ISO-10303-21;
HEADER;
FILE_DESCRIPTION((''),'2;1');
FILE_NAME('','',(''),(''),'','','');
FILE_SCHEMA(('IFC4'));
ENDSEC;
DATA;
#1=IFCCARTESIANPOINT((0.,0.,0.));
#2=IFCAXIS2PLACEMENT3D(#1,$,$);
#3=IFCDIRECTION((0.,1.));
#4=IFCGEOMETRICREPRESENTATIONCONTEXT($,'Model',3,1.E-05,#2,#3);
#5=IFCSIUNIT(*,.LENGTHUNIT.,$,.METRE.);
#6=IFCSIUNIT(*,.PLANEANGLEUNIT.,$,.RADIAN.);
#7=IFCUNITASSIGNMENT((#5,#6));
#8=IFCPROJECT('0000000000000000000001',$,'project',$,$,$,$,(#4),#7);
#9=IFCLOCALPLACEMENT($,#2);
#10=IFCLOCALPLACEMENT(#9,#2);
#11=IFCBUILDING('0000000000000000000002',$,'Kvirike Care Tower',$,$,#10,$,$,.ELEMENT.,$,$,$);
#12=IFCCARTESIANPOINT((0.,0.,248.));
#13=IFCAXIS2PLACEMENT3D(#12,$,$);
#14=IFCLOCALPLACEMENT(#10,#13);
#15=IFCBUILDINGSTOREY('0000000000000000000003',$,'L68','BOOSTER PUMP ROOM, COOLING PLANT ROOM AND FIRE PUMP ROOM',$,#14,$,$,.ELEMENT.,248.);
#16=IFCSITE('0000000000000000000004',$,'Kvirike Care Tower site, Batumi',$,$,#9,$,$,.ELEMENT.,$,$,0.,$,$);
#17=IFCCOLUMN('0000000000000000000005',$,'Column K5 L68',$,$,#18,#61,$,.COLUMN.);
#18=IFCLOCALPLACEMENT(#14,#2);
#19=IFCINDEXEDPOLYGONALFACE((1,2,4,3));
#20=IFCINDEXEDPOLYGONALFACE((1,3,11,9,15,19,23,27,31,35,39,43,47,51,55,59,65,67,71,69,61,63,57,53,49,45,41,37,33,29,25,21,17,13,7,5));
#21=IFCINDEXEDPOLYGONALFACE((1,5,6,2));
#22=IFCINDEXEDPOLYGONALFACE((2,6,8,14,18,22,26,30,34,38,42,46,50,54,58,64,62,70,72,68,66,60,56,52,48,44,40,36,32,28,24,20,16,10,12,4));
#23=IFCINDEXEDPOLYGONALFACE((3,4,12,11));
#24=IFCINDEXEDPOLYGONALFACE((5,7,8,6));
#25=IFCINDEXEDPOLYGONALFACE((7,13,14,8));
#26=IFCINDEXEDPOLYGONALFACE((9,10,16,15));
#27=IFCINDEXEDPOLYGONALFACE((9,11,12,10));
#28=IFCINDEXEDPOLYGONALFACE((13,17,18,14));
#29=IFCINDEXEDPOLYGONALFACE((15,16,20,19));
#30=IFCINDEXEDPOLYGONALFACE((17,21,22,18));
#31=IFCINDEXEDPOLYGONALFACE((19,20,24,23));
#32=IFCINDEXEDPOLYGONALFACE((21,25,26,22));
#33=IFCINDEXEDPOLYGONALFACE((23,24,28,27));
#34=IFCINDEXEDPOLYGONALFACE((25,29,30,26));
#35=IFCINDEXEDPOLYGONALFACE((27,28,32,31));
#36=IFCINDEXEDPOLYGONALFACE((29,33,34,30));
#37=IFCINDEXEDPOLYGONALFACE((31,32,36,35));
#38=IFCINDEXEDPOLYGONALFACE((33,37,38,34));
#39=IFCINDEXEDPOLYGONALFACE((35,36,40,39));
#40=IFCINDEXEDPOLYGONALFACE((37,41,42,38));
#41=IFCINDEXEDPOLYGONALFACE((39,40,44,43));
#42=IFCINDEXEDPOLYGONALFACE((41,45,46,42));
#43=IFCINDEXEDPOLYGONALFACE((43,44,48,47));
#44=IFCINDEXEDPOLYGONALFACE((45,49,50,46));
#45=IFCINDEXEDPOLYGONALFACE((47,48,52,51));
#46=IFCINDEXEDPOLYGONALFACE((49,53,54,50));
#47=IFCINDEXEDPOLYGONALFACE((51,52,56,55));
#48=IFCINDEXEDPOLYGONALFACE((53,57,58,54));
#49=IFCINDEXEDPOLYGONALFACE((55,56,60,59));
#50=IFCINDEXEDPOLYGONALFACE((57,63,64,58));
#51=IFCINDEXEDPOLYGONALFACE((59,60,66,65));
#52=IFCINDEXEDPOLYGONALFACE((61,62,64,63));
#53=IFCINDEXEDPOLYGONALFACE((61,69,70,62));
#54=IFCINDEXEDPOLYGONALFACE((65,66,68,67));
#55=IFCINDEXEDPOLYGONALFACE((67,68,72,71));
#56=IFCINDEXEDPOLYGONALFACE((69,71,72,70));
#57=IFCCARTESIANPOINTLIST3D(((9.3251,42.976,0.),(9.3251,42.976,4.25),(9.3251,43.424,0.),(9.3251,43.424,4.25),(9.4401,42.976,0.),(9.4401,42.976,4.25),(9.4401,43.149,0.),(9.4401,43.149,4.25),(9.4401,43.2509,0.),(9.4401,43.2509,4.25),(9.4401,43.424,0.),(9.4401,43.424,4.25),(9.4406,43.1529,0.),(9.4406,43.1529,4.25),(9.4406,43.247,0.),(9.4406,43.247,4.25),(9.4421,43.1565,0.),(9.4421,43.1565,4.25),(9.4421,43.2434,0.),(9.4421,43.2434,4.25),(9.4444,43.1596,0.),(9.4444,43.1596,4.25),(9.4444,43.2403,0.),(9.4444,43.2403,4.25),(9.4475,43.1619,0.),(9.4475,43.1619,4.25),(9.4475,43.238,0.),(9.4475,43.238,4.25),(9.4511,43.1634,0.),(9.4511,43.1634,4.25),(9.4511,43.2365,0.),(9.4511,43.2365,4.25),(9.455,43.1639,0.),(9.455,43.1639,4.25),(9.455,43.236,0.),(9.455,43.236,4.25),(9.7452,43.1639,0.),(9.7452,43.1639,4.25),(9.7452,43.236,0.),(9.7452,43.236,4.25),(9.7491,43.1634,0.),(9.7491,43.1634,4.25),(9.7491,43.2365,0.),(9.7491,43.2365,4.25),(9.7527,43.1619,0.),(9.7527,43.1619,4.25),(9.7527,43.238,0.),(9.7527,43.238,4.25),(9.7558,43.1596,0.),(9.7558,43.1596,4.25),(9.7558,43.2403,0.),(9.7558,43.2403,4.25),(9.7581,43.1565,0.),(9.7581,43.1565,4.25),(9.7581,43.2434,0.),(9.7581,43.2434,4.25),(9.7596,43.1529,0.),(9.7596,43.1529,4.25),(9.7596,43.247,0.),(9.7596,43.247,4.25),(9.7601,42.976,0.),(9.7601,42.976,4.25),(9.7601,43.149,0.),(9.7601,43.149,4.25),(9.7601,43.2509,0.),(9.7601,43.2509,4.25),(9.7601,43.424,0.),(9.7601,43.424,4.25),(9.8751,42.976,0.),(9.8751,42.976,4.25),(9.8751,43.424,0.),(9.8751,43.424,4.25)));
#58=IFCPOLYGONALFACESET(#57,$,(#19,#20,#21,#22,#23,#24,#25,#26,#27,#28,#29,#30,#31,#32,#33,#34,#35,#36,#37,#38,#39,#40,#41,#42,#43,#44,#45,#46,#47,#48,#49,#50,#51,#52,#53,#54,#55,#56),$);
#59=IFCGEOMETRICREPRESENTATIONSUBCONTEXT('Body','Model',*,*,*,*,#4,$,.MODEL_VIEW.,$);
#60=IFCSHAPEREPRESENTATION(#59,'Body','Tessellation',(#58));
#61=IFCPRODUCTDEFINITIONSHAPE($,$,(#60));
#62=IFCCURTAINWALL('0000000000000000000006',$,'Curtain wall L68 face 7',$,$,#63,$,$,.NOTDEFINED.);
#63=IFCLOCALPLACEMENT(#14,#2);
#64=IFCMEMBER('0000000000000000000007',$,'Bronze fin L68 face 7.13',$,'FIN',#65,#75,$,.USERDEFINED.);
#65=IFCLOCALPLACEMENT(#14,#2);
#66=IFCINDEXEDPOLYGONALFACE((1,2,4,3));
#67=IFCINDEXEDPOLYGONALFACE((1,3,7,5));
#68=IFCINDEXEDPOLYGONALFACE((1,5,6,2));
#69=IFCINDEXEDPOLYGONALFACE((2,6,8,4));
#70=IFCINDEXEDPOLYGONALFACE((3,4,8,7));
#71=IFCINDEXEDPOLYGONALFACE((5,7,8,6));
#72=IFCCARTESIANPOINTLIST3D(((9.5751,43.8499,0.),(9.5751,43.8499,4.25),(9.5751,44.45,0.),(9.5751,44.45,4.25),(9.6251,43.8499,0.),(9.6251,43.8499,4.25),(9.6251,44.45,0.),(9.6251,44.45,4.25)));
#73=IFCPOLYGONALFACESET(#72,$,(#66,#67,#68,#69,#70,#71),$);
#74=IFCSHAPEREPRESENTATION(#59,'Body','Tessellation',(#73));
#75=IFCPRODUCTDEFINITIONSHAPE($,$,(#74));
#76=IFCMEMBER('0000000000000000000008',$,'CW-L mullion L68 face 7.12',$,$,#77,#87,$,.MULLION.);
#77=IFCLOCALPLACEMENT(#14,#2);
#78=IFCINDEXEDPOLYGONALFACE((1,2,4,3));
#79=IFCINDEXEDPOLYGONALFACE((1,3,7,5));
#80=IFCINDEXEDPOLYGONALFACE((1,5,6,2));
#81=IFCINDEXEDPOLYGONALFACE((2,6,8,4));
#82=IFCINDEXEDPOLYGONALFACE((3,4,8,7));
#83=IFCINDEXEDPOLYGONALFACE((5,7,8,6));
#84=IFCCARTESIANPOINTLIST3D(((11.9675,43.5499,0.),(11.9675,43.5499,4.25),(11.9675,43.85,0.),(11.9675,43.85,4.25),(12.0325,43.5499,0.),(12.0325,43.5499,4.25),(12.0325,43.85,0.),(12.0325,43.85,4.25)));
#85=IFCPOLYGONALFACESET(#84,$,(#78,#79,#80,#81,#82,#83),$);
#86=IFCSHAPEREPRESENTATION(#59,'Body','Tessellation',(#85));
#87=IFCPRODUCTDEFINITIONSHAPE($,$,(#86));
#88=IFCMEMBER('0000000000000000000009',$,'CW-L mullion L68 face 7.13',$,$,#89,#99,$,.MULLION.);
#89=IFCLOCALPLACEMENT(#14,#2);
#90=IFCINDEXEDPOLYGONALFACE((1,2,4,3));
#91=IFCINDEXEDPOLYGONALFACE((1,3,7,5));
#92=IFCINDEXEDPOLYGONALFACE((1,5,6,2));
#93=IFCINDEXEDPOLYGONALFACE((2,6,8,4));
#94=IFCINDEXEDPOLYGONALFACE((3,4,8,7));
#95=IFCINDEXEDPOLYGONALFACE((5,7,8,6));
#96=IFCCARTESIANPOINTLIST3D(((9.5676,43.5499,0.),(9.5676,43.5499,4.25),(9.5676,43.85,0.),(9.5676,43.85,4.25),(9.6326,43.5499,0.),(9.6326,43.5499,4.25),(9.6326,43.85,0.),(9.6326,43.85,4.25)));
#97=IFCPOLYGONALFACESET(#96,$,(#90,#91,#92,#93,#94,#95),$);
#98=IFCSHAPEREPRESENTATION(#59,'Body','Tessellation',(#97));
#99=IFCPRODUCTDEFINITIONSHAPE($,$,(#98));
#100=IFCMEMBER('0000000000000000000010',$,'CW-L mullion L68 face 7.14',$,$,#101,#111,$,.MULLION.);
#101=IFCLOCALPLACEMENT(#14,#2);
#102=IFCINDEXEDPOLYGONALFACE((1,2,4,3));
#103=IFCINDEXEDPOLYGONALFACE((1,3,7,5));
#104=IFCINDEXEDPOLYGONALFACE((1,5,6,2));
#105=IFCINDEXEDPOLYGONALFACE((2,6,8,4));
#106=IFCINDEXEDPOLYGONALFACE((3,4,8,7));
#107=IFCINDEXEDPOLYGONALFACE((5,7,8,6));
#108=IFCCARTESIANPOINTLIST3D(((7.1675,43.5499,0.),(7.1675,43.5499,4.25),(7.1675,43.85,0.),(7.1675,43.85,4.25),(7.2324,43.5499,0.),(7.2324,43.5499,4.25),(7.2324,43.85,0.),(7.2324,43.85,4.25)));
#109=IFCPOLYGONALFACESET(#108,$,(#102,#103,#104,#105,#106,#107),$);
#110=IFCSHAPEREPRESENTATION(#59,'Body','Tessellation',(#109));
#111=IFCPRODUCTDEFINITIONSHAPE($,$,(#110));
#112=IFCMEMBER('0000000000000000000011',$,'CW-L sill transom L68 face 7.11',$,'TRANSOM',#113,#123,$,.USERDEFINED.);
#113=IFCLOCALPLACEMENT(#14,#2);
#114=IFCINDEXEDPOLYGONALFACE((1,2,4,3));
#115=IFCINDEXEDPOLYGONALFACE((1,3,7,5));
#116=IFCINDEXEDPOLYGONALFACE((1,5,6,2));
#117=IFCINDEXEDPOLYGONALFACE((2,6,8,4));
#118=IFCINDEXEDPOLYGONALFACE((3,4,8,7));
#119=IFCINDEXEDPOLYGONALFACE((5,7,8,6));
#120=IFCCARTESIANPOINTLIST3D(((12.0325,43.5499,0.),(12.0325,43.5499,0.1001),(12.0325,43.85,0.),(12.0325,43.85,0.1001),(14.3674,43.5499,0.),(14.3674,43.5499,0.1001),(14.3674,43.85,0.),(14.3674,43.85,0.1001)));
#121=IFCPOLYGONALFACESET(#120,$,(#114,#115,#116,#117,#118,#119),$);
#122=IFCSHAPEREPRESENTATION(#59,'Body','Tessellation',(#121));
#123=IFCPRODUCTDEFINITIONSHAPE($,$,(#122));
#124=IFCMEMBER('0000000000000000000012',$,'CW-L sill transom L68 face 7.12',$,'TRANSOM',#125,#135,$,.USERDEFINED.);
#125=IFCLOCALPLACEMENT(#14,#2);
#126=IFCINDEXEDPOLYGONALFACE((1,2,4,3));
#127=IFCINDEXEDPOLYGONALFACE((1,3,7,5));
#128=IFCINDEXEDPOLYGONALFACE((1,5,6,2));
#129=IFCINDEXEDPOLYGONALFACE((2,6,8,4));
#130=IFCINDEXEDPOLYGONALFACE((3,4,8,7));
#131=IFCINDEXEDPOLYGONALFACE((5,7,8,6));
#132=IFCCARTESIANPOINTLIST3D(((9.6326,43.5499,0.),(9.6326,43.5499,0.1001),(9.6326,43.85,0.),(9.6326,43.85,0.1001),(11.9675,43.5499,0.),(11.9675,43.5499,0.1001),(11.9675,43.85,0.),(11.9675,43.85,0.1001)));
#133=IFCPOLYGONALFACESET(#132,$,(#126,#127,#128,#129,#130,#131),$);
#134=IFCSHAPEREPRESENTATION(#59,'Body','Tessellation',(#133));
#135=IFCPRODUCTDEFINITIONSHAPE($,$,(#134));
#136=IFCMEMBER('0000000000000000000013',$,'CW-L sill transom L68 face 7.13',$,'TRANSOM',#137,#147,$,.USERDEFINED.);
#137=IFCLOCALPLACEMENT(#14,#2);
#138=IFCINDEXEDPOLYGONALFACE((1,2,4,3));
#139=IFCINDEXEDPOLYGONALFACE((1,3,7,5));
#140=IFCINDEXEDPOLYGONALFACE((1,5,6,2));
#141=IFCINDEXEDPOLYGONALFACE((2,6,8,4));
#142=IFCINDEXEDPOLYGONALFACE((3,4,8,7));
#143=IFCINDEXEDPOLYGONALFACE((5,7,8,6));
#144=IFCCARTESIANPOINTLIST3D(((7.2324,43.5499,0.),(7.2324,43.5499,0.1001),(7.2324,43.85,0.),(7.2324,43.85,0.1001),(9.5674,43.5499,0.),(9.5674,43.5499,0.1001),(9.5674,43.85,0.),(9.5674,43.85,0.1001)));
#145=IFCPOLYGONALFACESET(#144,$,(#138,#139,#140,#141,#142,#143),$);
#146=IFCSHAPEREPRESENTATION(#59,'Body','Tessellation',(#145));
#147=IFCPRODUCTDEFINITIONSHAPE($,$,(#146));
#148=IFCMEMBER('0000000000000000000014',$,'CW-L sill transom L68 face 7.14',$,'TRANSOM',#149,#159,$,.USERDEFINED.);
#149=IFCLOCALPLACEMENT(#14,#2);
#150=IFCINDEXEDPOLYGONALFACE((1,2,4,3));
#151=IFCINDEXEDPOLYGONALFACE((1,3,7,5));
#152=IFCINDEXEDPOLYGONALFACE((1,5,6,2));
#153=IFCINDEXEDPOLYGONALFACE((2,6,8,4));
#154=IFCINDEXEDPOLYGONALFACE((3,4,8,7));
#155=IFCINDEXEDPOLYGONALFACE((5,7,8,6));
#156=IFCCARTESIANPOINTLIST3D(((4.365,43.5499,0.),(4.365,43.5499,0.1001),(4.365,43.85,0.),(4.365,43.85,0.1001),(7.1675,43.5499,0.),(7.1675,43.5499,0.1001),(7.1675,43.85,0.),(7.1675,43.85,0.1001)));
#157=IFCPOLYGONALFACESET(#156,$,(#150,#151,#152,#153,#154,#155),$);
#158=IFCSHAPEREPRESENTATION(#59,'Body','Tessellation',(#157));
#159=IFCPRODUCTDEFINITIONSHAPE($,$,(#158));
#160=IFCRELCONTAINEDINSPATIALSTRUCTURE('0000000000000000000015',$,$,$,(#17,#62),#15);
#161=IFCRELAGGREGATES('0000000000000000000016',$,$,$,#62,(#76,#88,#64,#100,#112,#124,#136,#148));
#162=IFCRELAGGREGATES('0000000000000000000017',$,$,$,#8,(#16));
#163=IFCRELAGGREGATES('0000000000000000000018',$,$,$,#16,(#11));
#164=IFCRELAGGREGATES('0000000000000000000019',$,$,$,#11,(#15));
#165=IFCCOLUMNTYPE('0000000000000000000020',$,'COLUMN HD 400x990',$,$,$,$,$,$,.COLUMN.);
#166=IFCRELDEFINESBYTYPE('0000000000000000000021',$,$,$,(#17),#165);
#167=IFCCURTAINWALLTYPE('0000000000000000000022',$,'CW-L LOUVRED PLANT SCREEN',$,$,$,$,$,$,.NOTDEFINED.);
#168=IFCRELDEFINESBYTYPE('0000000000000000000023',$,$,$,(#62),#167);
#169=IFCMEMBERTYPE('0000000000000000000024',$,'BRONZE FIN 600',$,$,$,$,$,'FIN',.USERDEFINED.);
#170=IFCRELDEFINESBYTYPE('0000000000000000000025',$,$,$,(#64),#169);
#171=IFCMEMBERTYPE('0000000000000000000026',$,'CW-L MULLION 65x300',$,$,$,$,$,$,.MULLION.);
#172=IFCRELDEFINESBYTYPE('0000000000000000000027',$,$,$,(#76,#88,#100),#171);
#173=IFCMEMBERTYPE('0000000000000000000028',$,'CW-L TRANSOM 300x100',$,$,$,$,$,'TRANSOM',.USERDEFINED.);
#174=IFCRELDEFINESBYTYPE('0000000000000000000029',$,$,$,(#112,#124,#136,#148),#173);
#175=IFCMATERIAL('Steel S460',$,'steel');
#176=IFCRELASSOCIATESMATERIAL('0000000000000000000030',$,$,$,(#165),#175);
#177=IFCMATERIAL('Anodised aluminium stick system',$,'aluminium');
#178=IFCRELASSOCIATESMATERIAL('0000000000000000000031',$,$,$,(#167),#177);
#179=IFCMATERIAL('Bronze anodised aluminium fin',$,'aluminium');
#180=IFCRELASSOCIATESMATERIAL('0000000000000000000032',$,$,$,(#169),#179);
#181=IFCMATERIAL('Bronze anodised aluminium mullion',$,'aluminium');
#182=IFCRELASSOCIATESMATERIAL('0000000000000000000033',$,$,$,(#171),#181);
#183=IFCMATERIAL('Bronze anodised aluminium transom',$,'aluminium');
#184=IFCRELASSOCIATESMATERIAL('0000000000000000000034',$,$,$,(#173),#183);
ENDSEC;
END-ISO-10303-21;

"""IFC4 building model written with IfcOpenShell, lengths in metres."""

from ifc_helpers import new_model, si_unit, direction, frame, origin, origin_2d, place, context, subcontext, project, spatial, rectangle, i_section, extrude, material, material_profile, profile_set, type_object, element, aggregate, save


model = new_model("IFC4")

# Units and contexts
model_context = context("Model", 3, precision=1e-05, world=origin(), true_north=direction((0.0, 1.0)))
body_context = subcontext(model_context, "Body", "Model", "MODEL_VIEW")
ifc_project = project(units=[si_unit("LENGTHUNIT", "METRE"), si_unit("PLANEANGLEUNIT", "RADIAN")], contexts=[model_context])

# Site, building, storey
site_placement = place(None, origin())
site = spatial("IfcSite", under=ifc_project, at=site_placement, Name="Kvirike Care Tower site, Batumi", CompositionType="ELEMENT", RefElevation=0.0)
building_placement = place(site_placement, origin())
building = spatial("IfcBuilding", under=site, at=building_placement, Name="Kvirike Care Tower", CompositionType="ELEMENT")
storey_placement = place(building_placement, frame((0.0, 0.0, 248.0)))
storey = spatial("IfcBuildingStorey", under=building, at=storey_placement, Name="L68", Description="BOOSTER PUMP ROOM, COOLING PLANT ROOM AND FIRE PUMP ROOM", CompositionType="ELEMENT", Elevation=248.0)

# Column
ifc_material_1 = material(Name="Steel S460", Category="steel")
ifc_material_profile_1 = material_profile(ifc_material_1, i_section(OverallWidth=0.448, OverallDepth=0.55, WebThickness=0.072, FlangeThickness=0.115, FilletRadius=0.0149, at=origin_2d()), Name="HD 400x990")
ifc_profile_set_1 = profile_set([ifc_material_profile_1], Name="Steel S460")
column_type = type_object("IfcColumnType", Name="COLUMN HD 400x990", PredefinedType="COLUMN", material=ifc_profile_set_1)
column_placement = place(storey_placement, frame((9.6001, 43.2, 0.0), z_axis=(0.0, 0.0, 1.0), x_axis=(0.0, 1.0, 0.0)))
element("IfcColumn", 1, at=column_placement, inside=storey, type_object=column_type, Name="Column K5 L68", PredefinedType="COLUMN", context=body_context, shape_type="SweptSolid", body=[
    extrude(i_section(OverallWidth=0.448, OverallDepth=0.55, WebThickness=0.072, FlangeThickness=0.115, FilletRadius=0.0149, at=origin_2d()), origin(), (0.0, 0.0, 1.0), 4.25),
])

# Curtain wall, members
ifc_material_2 = material(Name="Anodised aluminium stick system", Category="aluminium")
curtain_wall_type = type_object("IfcCurtainWallType", Name="CW-L LOUVRED PLANT SCREEN", PredefinedType="NOTDEFINED", material=ifc_material_2)
curtain_wall_placement = place(storey_placement, origin())
curtain_wall = element("IfcCurtainWall", 2, at=curtain_wall_placement, inside=storey, type_object=curtain_wall_type, Name="Curtain wall L68 face 7", PredefinedType="NOTDEFINED")
ifc_material_3 = material(Name="Bronze anodised aluminium fin", Category="aluminium")
ifc_material_profile_2 = material_profile(ifc_material_3, rectangle(XDim=0.05, YDim=0.6001, at=origin_2d()), Name="BRONZE FIN 600")
ifc_profile_set_2 = profile_set([ifc_material_profile_2], Name="Bronze anodised aluminium fin")
member_type_1 = type_object("IfcMemberType", Name="BRONZE FIN 600", ElementType="FIN", PredefinedType="USERDEFINED", material=ifc_profile_set_2)
member_1_placement = place(storey_placement, frame((9.6001, 44.1499, 0.0), z_axis=(0.0, 0.0, 1.0), x_axis=(-1.0, 0.0, 0.0)))
member_1 = element("IfcMember", 3, at=member_1_placement, type_object=member_type_1, Name="Bronze fin L68 face 7.13", ObjectType="FIN", PredefinedType="USERDEFINED", context=body_context, shape_type="SweptSolid", body=[
    extrude(rectangle(XDim=0.05, YDim=0.6001, at=origin_2d()), origin(), (0.0, 0.0, 1.0), 4.25),
])
ifc_material_4 = material(Name="Bronze anodised aluminium mullion", Category="aluminium")
ifc_material_profile_3 = material_profile(ifc_material_4, rectangle(XDim=0.0649, YDim=0.3, at=origin_2d()), Name="CW-L MULLION 65x300")
ifc_profile_set_3 = profile_set([ifc_material_profile_3], Name="Bronze anodised aluminium mullion")
member_type_2 = type_object("IfcMemberType", Name="CW-L MULLION 65x300", PredefinedType="MULLION", material=ifc_profile_set_3)
member_2_placement = place(storey_placement, frame((12.0, 43.7, 0.0), z_axis=(0.0, 0.0, 1.0), x_axis=(-1.0, 0.0, 0.0)))
member_2 = element("IfcMember", 4, at=member_2_placement, type_object=member_type_2, Name="CW-L mullion L68 face 7.12", PredefinedType="MULLION", context=body_context, shape_type="SweptSolid", body=[
    extrude(rectangle(XDim=0.0649, YDim=0.3, at=origin_2d()), origin(), (0.0, 0.0, 1.0), 4.25),
])
member_3_placement = place(storey_placement, frame((9.6001, 43.7, 0.0), z_axis=(0.0, 0.0, 1.0), x_axis=(-1.0, 0.0, 0.0)))
member_3 = element("IfcMember", 5, at=member_3_placement, type_object=member_type_2, Name="CW-L mullion L68 face 7.13", PredefinedType="MULLION", context=body_context, shape_type="SweptSolid", body=[
    extrude(rectangle(XDim=0.0649, YDim=0.3, at=origin_2d()), origin(), (0.0, 0.0, 1.0), 4.25),
])
member_4_placement = place(storey_placement, frame((7.2, 43.7, 0.0), z_axis=(0.0, 0.0, 1.0), x_axis=(-1.0, 0.0, 0.0)))
member_4 = element("IfcMember", 6, at=member_4_placement, type_object=member_type_2, Name="CW-L mullion L68 face 7.14", PredefinedType="MULLION", context=body_context, shape_type="SweptSolid", body=[
    extrude(rectangle(XDim=0.0649, YDim=0.3, at=origin_2d()), origin(), (0.0, 0.0, 1.0), 4.25),
])
ifc_material_5 = material(Name="Bronze anodised aluminium transom", Category="aluminium")
ifc_material_profile_4 = material_profile(ifc_material_5, rectangle(XDim=0.3, YDim=0.1001, at=origin_2d()), Name="CW-L TRANSOM 300x100")
ifc_profile_set_4 = profile_set([ifc_material_profile_4], Name="Bronze anodised aluminium transom")
member_type_3 = type_object("IfcMemberType", Name="CW-L TRANSOM 300x100", ElementType="TRANSOM", PredefinedType="USERDEFINED", material=ifc_profile_set_4)
member_5_placement = place(storey_placement, frame((14.3674, 43.7, 0.05), z_axis=(-1.0, 0.0, 0.0), x_axis=(0.0, -1.0, 0.0)))
member_5 = element("IfcMember", 7, at=member_5_placement, type_object=member_type_3, Name="CW-L sill transom L68 face 7.11", ObjectType="TRANSOM", PredefinedType="USERDEFINED", context=body_context, shape_type="SweptSolid", body=[
    extrude(rectangle(XDim=0.3, YDim=0.1001, at=origin_2d()), origin(), (0.0, 0.0, 1.0), 2.335),
])
member_6_placement = place(storey_placement, frame((11.9675, 43.7, 0.05), z_axis=(-1.0, 0.0, 0.0), x_axis=(0.0, -1.0, 0.0)))
member_6 = element("IfcMember", 8, at=member_6_placement, type_object=member_type_3, Name="CW-L sill transom L68 face 7.12", ObjectType="TRANSOM", PredefinedType="USERDEFINED", context=body_context, shape_type="SweptSolid", body=[
    extrude(rectangle(XDim=0.3, YDim=0.1001, at=origin_2d()), origin(), (0.0, 0.0, 1.0), 2.335),
])
member_7_placement = place(storey_placement, frame((9.5674, 43.7, 0.05), z_axis=(-1.0, 0.0, 0.0), x_axis=(0.0, -1.0, 0.0)))
member_7 = element("IfcMember", 9, at=member_7_placement, type_object=member_type_3, Name="CW-L sill transom L68 face 7.13", ObjectType="TRANSOM", PredefinedType="USERDEFINED", context=body_context, shape_type="SweptSolid", body=[
    extrude(rectangle(XDim=0.3, YDim=0.1001, at=origin_2d()), origin(), (0.0, 0.0, 1.0), 2.335),
])
member_8_placement = place(storey_placement, frame((7.1675, 43.7, 0.05), z_axis=(-1.0, 0.0, 0.0), x_axis=(0.0, -1.0, 0.0)))
member_8 = element("IfcMember", 10, at=member_8_placement, type_object=member_type_3, Name="CW-L sill transom L68 face 7.14", ObjectType="TRANSOM", PredefinedType="USERDEFINED", context=body_context, shape_type="SweptSolid", body=[
    extrude(rectangle(XDim=0.3, YDim=0.1001, at=origin_2d()), origin(), (0.0, 0.0, 1.0), 2.8025),
])
aggregate(curtain_wall, [member_2, member_3, member_1, member_4, member_5, member_6, member_7, member_8])

save(model, "model.ifc")
